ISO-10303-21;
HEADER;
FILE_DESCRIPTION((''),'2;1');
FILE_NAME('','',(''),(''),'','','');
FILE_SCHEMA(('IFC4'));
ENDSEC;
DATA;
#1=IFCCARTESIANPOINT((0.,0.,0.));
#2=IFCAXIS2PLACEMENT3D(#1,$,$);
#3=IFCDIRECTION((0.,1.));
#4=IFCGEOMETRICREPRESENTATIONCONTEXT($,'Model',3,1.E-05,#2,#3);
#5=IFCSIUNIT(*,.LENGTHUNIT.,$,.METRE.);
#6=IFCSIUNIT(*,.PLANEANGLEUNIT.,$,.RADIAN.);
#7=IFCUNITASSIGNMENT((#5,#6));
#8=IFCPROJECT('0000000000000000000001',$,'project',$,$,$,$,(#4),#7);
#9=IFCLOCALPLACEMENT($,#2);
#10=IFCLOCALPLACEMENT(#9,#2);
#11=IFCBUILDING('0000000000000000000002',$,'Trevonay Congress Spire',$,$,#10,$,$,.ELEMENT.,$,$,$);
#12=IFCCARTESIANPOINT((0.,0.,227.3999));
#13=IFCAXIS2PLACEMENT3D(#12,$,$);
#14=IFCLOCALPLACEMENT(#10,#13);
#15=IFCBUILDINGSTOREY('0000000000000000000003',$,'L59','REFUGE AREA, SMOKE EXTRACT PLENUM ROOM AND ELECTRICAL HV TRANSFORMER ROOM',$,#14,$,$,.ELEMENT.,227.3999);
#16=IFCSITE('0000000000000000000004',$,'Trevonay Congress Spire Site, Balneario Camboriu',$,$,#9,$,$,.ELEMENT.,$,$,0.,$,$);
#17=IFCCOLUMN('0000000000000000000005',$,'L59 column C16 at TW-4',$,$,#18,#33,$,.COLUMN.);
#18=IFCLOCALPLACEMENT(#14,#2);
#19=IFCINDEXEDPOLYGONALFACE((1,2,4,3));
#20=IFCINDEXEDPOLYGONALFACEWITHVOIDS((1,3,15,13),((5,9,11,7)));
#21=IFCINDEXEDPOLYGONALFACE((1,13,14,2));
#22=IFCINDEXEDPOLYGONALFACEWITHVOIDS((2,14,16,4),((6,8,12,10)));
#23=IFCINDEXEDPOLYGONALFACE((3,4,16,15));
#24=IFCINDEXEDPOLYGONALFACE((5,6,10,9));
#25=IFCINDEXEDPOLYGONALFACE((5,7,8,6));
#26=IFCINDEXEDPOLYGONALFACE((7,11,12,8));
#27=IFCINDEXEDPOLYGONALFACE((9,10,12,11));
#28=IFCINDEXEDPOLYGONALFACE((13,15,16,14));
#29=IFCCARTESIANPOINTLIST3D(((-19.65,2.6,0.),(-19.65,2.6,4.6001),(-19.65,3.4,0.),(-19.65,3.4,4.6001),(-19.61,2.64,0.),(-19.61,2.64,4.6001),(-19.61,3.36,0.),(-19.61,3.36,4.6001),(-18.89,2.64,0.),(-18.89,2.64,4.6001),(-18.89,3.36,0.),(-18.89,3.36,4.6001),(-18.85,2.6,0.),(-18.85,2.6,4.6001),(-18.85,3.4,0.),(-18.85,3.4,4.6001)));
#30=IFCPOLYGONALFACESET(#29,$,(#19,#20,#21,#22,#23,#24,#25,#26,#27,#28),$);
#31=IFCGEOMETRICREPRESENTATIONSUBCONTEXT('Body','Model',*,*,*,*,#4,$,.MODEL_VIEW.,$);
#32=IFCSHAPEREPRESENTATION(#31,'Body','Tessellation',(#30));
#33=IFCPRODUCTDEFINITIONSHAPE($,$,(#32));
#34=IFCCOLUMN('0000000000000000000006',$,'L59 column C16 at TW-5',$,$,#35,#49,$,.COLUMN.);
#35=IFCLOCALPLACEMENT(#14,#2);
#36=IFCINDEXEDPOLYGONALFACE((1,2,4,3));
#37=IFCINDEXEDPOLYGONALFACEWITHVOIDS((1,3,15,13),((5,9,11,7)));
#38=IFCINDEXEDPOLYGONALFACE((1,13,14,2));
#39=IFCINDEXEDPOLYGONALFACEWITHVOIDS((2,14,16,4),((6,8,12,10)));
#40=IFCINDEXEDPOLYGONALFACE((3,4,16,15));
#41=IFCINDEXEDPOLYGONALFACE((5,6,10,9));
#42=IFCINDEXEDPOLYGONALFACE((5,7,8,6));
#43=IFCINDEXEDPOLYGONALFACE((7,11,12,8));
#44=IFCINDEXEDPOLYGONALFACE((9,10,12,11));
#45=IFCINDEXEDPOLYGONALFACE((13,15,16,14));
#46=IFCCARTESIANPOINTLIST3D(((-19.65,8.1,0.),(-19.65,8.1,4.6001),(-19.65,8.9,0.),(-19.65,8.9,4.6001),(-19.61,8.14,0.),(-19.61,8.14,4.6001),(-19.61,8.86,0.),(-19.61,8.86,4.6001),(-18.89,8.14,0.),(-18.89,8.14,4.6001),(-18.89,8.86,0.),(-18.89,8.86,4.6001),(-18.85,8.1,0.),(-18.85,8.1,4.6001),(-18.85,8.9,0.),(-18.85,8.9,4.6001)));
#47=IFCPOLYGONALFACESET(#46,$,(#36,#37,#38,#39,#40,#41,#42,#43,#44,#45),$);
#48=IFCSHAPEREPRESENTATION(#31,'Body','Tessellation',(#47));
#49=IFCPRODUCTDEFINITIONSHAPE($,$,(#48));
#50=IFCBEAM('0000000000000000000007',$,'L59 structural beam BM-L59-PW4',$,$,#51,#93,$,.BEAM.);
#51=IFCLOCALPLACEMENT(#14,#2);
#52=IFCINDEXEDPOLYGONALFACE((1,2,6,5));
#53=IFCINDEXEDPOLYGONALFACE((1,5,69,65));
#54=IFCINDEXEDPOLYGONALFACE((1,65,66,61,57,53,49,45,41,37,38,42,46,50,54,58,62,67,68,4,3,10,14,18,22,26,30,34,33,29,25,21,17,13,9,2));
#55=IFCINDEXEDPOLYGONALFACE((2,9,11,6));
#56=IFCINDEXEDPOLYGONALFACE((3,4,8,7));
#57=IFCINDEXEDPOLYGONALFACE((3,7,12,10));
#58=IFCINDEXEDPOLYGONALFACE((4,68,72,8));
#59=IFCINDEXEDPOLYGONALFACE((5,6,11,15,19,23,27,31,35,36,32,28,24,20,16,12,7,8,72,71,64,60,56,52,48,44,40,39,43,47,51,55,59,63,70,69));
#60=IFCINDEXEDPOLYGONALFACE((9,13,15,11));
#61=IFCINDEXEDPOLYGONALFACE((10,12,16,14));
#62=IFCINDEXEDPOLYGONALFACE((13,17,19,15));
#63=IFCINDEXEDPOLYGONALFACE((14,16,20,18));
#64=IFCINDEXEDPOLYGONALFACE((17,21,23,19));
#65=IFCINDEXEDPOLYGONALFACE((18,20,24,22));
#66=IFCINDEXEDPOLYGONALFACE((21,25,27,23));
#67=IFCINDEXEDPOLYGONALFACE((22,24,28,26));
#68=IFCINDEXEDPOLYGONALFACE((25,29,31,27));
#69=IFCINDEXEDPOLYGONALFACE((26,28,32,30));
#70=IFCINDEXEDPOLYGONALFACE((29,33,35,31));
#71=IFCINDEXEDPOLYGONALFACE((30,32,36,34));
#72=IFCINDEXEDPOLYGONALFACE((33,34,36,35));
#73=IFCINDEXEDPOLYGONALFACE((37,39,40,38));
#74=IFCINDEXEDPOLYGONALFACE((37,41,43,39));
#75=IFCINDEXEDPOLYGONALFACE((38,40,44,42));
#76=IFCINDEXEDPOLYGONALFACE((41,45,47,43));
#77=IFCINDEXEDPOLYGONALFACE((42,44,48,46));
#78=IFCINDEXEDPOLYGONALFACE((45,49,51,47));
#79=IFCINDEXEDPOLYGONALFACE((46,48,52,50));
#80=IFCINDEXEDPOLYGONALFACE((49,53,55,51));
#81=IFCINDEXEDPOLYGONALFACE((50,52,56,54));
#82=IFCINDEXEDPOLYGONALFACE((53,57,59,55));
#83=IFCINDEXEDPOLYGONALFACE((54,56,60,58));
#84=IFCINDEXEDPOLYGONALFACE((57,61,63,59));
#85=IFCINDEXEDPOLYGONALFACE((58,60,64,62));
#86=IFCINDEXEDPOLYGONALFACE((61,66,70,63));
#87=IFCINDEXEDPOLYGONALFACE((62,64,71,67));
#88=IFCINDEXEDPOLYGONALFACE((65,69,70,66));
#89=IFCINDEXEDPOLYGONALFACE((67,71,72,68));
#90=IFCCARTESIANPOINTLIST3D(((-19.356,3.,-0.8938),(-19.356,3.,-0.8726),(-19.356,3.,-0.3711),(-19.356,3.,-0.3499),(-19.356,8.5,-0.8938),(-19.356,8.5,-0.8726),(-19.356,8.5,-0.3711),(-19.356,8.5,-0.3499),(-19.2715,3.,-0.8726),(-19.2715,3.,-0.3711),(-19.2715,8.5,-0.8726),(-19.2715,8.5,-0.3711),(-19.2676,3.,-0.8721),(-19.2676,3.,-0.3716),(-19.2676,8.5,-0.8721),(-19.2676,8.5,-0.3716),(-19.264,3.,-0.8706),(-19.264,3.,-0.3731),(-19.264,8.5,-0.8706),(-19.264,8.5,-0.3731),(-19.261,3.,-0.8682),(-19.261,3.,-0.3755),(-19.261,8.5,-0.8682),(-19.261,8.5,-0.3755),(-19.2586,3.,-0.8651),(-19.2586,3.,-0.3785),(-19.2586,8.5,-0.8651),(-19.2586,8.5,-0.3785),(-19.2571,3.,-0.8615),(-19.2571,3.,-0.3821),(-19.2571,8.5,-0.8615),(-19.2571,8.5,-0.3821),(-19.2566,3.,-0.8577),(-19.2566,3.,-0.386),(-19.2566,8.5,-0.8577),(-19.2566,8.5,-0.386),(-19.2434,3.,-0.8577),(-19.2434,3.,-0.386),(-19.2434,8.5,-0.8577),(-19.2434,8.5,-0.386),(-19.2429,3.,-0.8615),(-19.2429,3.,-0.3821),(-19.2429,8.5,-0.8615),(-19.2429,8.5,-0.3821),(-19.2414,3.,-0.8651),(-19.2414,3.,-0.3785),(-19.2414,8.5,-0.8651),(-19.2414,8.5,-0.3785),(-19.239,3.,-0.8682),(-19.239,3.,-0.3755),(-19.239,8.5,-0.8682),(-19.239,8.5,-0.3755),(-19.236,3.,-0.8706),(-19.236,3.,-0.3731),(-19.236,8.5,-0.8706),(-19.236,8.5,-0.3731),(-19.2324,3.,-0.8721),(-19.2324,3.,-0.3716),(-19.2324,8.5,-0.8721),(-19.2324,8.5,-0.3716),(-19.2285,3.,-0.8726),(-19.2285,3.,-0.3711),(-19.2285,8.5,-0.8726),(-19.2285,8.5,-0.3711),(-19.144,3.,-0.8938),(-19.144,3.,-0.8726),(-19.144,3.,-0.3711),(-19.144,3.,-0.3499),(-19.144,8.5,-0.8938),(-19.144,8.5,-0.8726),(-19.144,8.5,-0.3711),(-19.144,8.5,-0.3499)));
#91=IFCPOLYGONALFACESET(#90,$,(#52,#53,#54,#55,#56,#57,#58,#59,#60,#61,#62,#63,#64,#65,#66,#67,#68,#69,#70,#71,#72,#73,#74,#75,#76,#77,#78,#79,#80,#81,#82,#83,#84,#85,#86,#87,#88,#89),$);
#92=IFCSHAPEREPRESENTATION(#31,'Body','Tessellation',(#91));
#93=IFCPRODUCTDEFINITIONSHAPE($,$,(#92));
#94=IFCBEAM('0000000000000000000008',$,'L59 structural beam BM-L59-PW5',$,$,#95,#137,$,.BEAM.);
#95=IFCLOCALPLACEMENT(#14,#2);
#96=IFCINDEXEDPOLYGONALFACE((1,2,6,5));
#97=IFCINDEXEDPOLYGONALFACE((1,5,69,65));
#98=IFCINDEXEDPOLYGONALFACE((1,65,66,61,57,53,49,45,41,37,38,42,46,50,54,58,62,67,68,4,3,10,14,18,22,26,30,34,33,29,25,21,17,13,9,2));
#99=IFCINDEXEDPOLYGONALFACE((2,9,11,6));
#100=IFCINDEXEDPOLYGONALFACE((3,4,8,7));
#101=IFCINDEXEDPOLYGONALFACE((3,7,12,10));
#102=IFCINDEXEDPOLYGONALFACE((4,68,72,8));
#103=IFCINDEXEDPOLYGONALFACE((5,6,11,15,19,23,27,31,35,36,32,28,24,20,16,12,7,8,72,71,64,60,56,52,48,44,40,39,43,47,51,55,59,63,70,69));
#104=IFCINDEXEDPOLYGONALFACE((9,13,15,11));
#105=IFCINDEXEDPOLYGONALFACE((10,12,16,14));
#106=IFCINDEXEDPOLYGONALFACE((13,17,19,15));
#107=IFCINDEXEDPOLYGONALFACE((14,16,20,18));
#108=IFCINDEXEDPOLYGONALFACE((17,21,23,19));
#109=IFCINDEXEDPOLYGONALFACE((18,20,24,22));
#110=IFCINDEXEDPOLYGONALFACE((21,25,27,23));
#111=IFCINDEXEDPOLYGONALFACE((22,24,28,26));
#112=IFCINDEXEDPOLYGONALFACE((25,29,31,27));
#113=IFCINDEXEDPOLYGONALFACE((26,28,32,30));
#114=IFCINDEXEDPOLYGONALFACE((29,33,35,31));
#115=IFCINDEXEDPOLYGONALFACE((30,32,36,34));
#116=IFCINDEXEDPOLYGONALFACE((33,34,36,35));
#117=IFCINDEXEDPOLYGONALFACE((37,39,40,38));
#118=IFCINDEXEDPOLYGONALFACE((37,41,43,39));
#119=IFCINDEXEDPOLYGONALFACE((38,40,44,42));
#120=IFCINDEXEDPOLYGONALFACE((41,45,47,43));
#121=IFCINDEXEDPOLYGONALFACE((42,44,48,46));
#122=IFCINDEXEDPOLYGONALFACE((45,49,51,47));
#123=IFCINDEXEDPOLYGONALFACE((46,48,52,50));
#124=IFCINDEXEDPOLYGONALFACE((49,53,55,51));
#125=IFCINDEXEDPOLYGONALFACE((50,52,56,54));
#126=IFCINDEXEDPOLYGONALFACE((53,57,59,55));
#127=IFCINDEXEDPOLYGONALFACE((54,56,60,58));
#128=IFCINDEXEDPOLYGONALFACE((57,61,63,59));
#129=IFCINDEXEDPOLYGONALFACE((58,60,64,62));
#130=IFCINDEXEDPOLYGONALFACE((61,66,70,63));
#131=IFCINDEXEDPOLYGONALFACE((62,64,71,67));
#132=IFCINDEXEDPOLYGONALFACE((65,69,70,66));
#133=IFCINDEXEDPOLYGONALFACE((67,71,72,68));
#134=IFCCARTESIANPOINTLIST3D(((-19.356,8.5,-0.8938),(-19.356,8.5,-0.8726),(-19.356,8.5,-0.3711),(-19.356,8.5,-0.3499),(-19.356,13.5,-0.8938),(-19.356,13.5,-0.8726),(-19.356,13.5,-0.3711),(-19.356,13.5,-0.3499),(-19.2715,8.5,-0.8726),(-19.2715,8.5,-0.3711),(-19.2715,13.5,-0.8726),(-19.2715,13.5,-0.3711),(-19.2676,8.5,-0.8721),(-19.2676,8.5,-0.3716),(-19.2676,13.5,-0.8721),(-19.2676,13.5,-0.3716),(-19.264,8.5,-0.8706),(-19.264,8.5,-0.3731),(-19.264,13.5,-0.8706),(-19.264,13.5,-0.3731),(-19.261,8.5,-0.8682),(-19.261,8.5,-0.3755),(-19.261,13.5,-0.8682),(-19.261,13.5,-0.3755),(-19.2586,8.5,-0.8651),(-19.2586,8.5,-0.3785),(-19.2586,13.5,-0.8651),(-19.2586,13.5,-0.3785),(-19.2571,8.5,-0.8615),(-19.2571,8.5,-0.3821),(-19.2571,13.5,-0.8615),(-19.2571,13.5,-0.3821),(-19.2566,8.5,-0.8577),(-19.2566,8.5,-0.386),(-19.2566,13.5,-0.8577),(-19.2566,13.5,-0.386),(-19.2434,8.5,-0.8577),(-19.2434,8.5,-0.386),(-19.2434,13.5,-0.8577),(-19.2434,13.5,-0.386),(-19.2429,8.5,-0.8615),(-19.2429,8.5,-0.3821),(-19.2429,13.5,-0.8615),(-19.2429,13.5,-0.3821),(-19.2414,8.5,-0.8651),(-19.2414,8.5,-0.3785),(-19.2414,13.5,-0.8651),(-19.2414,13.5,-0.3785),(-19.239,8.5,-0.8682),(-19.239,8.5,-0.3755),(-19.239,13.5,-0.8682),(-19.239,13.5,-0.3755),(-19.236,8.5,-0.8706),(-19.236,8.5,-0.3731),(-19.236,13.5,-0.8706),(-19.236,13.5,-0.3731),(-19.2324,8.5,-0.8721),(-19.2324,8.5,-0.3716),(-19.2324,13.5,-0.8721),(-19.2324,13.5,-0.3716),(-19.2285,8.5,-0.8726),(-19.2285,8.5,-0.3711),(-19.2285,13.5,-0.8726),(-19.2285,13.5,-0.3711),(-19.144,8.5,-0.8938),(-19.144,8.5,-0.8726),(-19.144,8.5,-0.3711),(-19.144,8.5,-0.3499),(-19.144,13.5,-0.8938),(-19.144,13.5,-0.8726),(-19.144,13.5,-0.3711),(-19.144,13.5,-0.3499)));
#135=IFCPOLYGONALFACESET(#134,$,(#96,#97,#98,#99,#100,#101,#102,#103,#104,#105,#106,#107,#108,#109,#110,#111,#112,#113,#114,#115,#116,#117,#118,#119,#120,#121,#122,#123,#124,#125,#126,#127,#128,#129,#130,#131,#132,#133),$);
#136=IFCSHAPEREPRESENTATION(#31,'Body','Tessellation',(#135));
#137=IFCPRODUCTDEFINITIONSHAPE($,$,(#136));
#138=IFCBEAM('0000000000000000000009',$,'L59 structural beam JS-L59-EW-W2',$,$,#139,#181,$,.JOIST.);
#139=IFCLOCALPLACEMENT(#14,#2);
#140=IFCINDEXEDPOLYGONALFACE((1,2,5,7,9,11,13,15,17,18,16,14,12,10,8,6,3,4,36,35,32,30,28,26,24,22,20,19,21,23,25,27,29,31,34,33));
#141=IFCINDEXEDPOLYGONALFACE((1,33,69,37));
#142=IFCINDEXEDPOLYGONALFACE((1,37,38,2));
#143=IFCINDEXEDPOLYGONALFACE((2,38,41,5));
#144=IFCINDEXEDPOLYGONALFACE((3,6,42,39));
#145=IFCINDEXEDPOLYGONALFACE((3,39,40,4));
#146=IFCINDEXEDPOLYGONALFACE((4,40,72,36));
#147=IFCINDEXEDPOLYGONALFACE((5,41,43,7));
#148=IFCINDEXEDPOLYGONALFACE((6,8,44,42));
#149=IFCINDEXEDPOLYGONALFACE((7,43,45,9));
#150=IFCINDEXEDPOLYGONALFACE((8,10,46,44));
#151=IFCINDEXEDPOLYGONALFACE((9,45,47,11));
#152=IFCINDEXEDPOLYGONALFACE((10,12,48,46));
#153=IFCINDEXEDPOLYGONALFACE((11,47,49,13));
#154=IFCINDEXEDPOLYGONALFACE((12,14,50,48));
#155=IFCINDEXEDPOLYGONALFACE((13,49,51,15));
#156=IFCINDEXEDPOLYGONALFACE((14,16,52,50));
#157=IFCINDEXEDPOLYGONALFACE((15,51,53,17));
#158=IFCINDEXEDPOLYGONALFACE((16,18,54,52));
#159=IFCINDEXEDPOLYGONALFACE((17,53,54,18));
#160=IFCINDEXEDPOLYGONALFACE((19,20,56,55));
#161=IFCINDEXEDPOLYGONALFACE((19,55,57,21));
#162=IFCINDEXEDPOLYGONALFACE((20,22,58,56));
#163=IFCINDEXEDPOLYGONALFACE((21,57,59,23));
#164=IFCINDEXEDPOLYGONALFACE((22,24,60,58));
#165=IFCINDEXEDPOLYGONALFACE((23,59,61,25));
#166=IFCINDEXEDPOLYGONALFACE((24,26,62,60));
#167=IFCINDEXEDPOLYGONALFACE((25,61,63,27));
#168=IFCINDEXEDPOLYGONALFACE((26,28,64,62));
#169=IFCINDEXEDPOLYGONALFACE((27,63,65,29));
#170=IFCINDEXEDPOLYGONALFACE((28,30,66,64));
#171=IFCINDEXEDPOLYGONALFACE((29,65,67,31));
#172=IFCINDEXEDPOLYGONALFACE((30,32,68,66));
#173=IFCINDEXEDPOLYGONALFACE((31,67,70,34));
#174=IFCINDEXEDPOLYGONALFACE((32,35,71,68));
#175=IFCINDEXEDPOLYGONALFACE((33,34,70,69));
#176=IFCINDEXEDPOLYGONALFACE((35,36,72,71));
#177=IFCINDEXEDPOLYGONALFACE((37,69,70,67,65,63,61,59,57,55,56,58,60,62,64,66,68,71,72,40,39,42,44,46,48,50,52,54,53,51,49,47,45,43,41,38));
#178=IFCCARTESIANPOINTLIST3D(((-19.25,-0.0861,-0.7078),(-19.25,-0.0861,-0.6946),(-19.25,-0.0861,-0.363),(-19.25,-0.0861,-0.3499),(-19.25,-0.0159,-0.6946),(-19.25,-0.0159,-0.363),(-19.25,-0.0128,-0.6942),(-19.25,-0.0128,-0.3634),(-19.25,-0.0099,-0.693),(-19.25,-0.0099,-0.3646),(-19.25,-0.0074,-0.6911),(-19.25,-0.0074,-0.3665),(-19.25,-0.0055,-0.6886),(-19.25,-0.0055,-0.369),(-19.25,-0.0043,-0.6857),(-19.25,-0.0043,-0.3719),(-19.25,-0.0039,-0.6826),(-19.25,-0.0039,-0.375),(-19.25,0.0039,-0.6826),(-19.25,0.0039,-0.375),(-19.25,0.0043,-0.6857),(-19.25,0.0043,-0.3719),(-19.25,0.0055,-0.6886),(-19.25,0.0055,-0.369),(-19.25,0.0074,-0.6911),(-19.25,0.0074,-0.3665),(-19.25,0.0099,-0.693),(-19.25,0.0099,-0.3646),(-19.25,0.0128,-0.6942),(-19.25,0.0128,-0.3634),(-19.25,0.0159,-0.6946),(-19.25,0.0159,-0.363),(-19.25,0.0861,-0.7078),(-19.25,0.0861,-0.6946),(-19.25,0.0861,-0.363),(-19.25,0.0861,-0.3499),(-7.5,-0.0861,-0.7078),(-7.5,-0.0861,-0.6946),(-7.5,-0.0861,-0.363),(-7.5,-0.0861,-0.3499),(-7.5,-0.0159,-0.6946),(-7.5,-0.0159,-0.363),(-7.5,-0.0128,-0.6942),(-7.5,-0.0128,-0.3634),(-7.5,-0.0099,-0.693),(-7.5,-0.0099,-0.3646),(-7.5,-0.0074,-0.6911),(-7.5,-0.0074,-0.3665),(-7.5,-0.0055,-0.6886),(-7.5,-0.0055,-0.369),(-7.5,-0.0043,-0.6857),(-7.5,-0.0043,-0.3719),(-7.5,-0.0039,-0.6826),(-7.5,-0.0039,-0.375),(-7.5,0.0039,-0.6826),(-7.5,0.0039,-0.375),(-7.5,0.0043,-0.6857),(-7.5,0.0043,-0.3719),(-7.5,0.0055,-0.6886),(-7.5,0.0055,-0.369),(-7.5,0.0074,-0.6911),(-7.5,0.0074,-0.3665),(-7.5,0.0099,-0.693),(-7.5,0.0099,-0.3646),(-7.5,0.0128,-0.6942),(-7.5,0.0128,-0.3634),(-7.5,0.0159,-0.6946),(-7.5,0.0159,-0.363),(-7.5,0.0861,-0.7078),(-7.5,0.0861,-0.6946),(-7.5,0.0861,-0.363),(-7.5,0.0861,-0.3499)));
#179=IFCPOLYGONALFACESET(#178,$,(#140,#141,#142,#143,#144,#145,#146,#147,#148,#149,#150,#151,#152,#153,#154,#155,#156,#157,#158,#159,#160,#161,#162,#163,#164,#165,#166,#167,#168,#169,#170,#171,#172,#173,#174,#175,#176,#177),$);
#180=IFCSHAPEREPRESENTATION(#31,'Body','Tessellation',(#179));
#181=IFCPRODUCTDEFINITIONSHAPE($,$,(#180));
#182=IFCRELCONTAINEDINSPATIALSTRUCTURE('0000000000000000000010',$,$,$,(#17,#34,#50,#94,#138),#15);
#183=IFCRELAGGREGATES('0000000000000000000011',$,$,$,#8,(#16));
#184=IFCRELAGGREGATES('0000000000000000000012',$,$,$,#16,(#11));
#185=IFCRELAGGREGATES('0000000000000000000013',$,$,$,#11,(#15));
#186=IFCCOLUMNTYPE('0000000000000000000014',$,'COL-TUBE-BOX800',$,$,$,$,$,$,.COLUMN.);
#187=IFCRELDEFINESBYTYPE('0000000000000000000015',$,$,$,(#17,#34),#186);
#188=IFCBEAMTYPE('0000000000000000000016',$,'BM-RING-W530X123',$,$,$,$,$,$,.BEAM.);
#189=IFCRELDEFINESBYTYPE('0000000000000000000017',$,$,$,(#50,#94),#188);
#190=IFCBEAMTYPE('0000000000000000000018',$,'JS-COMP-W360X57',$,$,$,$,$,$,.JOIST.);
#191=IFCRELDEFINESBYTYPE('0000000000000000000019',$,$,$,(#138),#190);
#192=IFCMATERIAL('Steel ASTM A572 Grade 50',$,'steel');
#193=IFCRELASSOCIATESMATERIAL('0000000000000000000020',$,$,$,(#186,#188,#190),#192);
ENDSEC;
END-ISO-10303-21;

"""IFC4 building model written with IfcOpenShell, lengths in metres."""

from ifc_helpers import new_model, si_unit, direction, frame, origin, origin_2d, place, context, subcontext, project, spatial, hollow_rectangle, i_section, extrude, material, material_profile, profile_set, type_object, element, save


model = new_model("IFC4")

# Units and contexts
model_context = context("Model", 3, precision=1e-05, world=origin(), true_north=direction((0.0, 1.0)))
body_context = subcontext(model_context, "Body", "Model", "MODEL_VIEW")
ifc_project = project(units=[si_unit("LENGTHUNIT", "METRE"), si_unit("PLANEANGLEUNIT", "RADIAN")], contexts=[model_context])

# Site, building, storey
site_placement = place(None, origin())
site = spatial("IfcSite", under=ifc_project, at=site_placement, Name="Trevonay Congress Spire Site, Balneario Camboriu", CompositionType="ELEMENT", RefElevation=0.0)
building_placement = place(site_placement, origin())
building = spatial("IfcBuilding", under=site, at=building_placement, Name="Trevonay Congress Spire", CompositionType="ELEMENT")
storey_placement = place(building_placement, frame((0.0, 0.0, 227.3999)))
storey = spatial("IfcBuildingStorey", under=building, at=storey_placement, Name="L59", Description="REFUGE AREA, SMOKE EXTRACT PLENUM ROOM AND ELECTRICAL HV TRANSFORMER ROOM", CompositionType="ELEMENT", Elevation=227.3999)

# Columns
ifc_material_1 = material(Name="Steel ASTM A572 Grade 50", Category="steel")
ifc_material_profile_1 = material_profile(ifc_material_1, hollow_rectangle(XDim=0.8, YDim=0.8, WallThickness=0.04, at=origin_2d()), Name="BOX 800x800x40")
ifc_profile_set_1 = profile_set([ifc_material_profile_1], Name="Steel ASTM A572 Grade 50")
column_type = type_object("IfcColumnType", Name="COL-TUBE-BOX800", PredefinedType="COLUMN", material=ifc_profile_set_1)
for number, where, z_axis, x_axis, name in (
    (1, (-19.25, 3.0, 0.0), (0.0, 0.0, 1.0), (1.0, 0.0, 0.0), "L59 column C16 at TW-4"),
    (2, (-19.25, 8.5, 0.0), (0.0, 0.0, 1.0), (1.0, 0.0, 0.0), "L59 column C16 at TW-5"),
):
    element("IfcColumn", number, at=place(storey_placement, frame(where, z_axis=z_axis, x_axis=x_axis)), inside=storey, type_object=column_type, Name=name, PredefinedType="COLUMN", context=body_context, shape_type="SweptSolid", body=[
        extrude(hollow_rectangle(XDim=0.8, YDim=0.8, WallThickness=0.04, at=origin_2d()), origin(), (0.0, 0.0, 1.0), 4.6001),
    ])

# Beams
ifc_material_profile_2 = material_profile(ifc_material_1, i_section(OverallWidth=0.2119, OverallDepth=0.5439, WebThickness=0.0132, FlangeThickness=0.0212, FilletRadius=0.0149, at=origin_2d()), Name="W530x123")
ifc_profile_set_2 = profile_set([ifc_material_profile_2], Name="Steel ASTM A572 Grade 50")
beam_type_1 = type_object("IfcBeamType", Name="BM-RING-W530X123", PredefinedType="BEAM", material=ifc_profile_set_2)
beam_1_placement = place(storey_placement, frame((-19.25, 3.0, -0.6218), z_axis=(0.0, 1.0, 0.0), x_axis=(-1.0, 0.0, 0.0)))
element("IfcBeam", 3, at=beam_1_placement, inside=storey, type_object=beam_type_1, Name="L59 structural beam BM-L59-PW4", PredefinedType="BEAM", context=body_context, shape_type="SweptSolid", body=[
    extrude(i_section(OverallWidth=0.2119, OverallDepth=0.5439, WebThickness=0.0132, FlangeThickness=0.0212, FilletRadius=0.0149, at=origin_2d()), origin(), (0.0, 0.0, 1.0), 5.5),
])
beam_2_placement = place(storey_placement, frame((-19.25, 8.5, -0.6218), z_axis=(0.0, 1.0, 0.0), x_axis=(-1.0, 0.0, 0.0)))
element("IfcBeam", 4, at=beam_2_placement, inside=storey, type_object=beam_type_1, Name="L59 structural beam BM-L59-PW5", PredefinedType="BEAM", context=body_context, shape_type="SweptSolid", body=[
    extrude(i_section(OverallWidth=0.2119, OverallDepth=0.5439, WebThickness=0.0132, FlangeThickness=0.0212, FilletRadius=0.0149, at=origin_2d()), origin(), (0.0, 0.0, 1.0), 5.0),
])
ifc_material_profile_3 = material_profile(ifc_material_1, i_section(OverallWidth=0.1721, OverallDepth=0.3579, WebThickness=0.0078, FlangeThickness=0.0132, FilletRadius=0.012, at=origin_2d()), Name="W360x57.8")
ifc_profile_set_3 = profile_set([ifc_material_profile_3], Name="Steel ASTM A572 Grade 50")
beam_type_2 = type_object("IfcBeamType", Name="JS-COMP-W360X57", PredefinedType="JOIST", material=ifc_profile_set_3)
for number, where, z_axis, x_axis, name in (
    (5, (-19.25, 0.0, -0.5288), (1.0, 0.0, 0.0), (0.0, 1.0, 0.0), "L59 structural beam JS-L59-EW-W2"),
):
    element("IfcBeam", number, at=place(storey_placement, frame(where, z_axis=z_axis, x_axis=x_axis)), inside=storey, type_object=beam_type_2, Name=name, PredefinedType="JOIST", context=body_context, shape_type="SweptSolid", body=[
        extrude(i_section(OverallWidth=0.1721, OverallDepth=0.3579, WebThickness=0.0078, FlangeThickness=0.0132, FilletRadius=0.012, at=origin_2d()), origin(), (0.0, 0.0, 1.0), 11.75),
    ])

save(model, "model.ifc")
